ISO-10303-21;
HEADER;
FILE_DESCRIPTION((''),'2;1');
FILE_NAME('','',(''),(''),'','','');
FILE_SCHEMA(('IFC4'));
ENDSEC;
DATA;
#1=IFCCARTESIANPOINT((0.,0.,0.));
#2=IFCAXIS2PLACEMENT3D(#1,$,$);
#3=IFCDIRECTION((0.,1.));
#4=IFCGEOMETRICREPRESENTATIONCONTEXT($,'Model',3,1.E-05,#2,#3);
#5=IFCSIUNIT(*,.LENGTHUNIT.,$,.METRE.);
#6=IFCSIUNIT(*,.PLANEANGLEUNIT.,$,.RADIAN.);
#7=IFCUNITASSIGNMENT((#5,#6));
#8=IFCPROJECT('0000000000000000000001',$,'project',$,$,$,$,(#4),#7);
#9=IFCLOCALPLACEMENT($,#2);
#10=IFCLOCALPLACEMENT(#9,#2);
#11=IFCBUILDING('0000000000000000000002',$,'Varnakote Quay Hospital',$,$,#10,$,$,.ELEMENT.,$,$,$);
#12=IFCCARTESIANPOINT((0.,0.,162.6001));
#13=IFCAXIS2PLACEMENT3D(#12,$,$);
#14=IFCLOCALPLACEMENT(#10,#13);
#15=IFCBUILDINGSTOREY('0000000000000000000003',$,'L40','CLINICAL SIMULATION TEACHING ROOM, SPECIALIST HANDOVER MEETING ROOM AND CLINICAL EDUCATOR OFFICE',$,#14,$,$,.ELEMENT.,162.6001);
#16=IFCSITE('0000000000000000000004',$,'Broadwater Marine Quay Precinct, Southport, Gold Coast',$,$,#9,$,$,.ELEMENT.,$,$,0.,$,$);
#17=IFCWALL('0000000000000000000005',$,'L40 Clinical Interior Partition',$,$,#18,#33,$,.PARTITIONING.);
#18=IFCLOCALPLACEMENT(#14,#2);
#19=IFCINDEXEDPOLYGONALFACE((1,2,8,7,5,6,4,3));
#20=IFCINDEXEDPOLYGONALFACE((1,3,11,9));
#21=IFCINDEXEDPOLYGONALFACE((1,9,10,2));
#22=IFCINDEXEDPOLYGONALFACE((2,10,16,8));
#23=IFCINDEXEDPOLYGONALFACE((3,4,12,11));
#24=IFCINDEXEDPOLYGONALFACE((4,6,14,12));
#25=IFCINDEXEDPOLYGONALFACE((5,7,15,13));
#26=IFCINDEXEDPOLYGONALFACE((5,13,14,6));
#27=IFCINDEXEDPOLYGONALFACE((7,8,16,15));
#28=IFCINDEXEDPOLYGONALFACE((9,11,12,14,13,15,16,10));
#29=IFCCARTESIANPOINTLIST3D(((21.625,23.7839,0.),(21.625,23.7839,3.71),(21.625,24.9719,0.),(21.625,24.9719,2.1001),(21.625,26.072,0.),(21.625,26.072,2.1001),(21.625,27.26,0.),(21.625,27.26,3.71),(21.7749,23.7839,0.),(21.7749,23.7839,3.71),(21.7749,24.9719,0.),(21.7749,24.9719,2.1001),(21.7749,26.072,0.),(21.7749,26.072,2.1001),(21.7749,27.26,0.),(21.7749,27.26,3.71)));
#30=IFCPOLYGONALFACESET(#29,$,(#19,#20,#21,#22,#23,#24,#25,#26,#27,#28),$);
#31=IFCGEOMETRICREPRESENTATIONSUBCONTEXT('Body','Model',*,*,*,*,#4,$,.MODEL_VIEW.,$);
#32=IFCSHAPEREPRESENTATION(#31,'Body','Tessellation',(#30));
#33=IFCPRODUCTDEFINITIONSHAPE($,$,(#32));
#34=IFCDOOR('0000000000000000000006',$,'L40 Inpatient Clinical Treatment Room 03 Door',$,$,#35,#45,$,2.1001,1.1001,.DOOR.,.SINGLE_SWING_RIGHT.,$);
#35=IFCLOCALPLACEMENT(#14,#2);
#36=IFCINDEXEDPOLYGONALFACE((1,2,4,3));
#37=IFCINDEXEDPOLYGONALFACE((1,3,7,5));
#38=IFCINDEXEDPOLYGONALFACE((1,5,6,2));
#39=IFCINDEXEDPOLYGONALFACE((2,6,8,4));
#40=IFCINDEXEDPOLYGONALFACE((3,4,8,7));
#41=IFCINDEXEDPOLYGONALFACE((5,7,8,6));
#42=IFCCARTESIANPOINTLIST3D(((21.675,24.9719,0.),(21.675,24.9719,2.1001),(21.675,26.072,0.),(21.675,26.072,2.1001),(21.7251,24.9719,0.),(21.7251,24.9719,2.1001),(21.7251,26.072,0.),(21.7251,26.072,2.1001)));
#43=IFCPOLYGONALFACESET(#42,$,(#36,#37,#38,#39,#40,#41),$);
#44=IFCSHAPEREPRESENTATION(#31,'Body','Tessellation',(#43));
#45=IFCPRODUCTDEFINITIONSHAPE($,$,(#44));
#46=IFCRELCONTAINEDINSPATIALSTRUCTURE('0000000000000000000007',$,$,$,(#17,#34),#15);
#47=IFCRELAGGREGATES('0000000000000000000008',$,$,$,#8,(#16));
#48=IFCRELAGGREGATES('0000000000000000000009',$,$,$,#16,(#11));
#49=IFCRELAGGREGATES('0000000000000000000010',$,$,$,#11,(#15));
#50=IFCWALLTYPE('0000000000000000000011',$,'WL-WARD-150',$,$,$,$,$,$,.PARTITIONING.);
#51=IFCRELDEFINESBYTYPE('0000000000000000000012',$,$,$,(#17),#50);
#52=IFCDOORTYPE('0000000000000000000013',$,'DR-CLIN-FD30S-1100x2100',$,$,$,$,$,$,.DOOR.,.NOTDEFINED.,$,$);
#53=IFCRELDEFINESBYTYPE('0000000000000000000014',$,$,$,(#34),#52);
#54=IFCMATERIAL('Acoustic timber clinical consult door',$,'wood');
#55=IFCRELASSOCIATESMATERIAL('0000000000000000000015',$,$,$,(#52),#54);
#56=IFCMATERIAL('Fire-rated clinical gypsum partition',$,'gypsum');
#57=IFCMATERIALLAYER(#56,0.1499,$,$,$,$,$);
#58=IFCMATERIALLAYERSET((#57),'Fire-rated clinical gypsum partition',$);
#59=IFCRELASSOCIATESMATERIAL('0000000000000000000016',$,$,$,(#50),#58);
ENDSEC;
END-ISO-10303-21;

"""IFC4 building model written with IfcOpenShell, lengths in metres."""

from ifc_helpers import new_model, si_unit, direction, frame, frame_2d, origin, place, context, subcontext, project, spatial, rectangle, extrude, material, layer, layer_set, type_object, element, fill, save


model = new_model("IFC4")

# Units and contexts
model_context = context("Model", 3, precision=1e-05, world=origin(), true_north=direction((0.0, 1.0)))
body_context = subcontext(model_context, "Body", "Model", "MODEL_VIEW")
ifc_project = project(units=[si_unit("LENGTHUNIT", "METRE"), si_unit("PLANEANGLEUNIT", "RADIAN")], contexts=[model_context])

# Site, building, storey
site_placement = place(None, origin())
site = spatial("IfcSite", under=ifc_project, at=site_placement, Name="Broadwater Marine Quay Precinct, Southport, Gold Coast", CompositionType="ELEMENT", RefElevation=0.0)
building_placement = place(site_placement, origin())
building = spatial("IfcBuilding", under=site, at=building_placement, Name="Varnakote Quay Hospital", CompositionType="ELEMENT")
storey_placement = place(building_placement, frame((0.0, 0.0, 162.6001)))
storey = spatial("IfcBuildingStorey", under=building, at=storey_placement, Name="L40", Description="CLINICAL SIMULATION TEACHING ROOM, SPECIALIST HANDOVER MEETING ROOM AND CLINICAL EDUCATOR OFFICE", CompositionType="ELEMENT", Elevation=162.6001)

# Shared definitions
ifc_material_1 = material(Name="Acoustic timber clinical consult door", Category="wood")
door_type_1 = type_object("IfcDoorType", Name="DR-CLIN-FD30S-1100x2100", OperationType="NOTDEFINED", PredefinedType="DOOR", material=ifc_material_1)

# Shared definitions
ifc_material_2 = material(Name="Fire-rated clinical gypsum partition", Category="gypsum")
ifc_layer_1 = layer(ifc_material_2, 0.1499)
ifc_layer_set_1 = layer_set([ifc_layer_1], Name="Fire-rated clinical gypsum partition")
wall_type_1 = type_object("IfcWallType", Name="WL-WARD-150", PredefinedType="PARTITIONING", material=ifc_layer_set_1)

# Wall, opening, door
wall_1_placement = place(storey_placement, frame((21.7, 23.7839, 0.0), z_axis=(0.0, 0.0, 1.0), x_axis=(0.0, 1.0, 0.0)))
wall_1 = element("IfcWall", 1, at=wall_1_placement, inside=storey, type_object=wall_type_1, Name="L40 Clinical Interior Partition", PredefinedType="PARTITIONING", context=body_context, shape_type="SweptSolid", body=[
    extrude(rectangle(XDim=3.4761, YDim=0.1499, at=frame_2d((1.738, 0.0))), origin(), (0.0, 0.0, 1.0), 3.71),
])
opening_1_placement = place(wall_1_placement, frame((1.188, 0.0, 0.0)))
opening_1 = element("IfcOpeningElement", 2, at=opening_1_placement, cuts=wall_1, PredefinedType="OPENING", context=body_context, shape_type="SweptSolid", body=[
    extrude(rectangle(XDim=1.1001, YDim=2.1001, at=frame_2d((0.55, 1.05))), frame((0.0, 0.085, 0.0), z_axis=(0.0, -1.0, 0.0), x_axis=(1.0, 0.0, 0.0)), (0.0, 0.0, 1.0), 0.1699),
])
door_1_placement = place(opening_1_placement, origin())
door_1 = element("IfcDoor", 3, at=door_1_placement, inside=storey, type_object=door_type_1, Name="L40 Inpatient Clinical Treatment Room 03 Door", OperationType="SINGLE_SWING_RIGHT", OverallHeight=2.1001, OverallWidth=1.1001, PredefinedType="DOOR", context=body_context, shape_type="SweptSolid", body=[
    extrude(rectangle(XDim=1.1001, YDim=2.1001, at=frame_2d((0.55, 1.05))), frame((0.0, 0.0249, 0.0), z_axis=(0.0, -1.0, 0.0), x_axis=(1.0, 0.0, 0.0)), (0.0, 0.0, 1.0), 0.05),
])
fill(opening_1, door_1)

save(model, "model.ifc")
